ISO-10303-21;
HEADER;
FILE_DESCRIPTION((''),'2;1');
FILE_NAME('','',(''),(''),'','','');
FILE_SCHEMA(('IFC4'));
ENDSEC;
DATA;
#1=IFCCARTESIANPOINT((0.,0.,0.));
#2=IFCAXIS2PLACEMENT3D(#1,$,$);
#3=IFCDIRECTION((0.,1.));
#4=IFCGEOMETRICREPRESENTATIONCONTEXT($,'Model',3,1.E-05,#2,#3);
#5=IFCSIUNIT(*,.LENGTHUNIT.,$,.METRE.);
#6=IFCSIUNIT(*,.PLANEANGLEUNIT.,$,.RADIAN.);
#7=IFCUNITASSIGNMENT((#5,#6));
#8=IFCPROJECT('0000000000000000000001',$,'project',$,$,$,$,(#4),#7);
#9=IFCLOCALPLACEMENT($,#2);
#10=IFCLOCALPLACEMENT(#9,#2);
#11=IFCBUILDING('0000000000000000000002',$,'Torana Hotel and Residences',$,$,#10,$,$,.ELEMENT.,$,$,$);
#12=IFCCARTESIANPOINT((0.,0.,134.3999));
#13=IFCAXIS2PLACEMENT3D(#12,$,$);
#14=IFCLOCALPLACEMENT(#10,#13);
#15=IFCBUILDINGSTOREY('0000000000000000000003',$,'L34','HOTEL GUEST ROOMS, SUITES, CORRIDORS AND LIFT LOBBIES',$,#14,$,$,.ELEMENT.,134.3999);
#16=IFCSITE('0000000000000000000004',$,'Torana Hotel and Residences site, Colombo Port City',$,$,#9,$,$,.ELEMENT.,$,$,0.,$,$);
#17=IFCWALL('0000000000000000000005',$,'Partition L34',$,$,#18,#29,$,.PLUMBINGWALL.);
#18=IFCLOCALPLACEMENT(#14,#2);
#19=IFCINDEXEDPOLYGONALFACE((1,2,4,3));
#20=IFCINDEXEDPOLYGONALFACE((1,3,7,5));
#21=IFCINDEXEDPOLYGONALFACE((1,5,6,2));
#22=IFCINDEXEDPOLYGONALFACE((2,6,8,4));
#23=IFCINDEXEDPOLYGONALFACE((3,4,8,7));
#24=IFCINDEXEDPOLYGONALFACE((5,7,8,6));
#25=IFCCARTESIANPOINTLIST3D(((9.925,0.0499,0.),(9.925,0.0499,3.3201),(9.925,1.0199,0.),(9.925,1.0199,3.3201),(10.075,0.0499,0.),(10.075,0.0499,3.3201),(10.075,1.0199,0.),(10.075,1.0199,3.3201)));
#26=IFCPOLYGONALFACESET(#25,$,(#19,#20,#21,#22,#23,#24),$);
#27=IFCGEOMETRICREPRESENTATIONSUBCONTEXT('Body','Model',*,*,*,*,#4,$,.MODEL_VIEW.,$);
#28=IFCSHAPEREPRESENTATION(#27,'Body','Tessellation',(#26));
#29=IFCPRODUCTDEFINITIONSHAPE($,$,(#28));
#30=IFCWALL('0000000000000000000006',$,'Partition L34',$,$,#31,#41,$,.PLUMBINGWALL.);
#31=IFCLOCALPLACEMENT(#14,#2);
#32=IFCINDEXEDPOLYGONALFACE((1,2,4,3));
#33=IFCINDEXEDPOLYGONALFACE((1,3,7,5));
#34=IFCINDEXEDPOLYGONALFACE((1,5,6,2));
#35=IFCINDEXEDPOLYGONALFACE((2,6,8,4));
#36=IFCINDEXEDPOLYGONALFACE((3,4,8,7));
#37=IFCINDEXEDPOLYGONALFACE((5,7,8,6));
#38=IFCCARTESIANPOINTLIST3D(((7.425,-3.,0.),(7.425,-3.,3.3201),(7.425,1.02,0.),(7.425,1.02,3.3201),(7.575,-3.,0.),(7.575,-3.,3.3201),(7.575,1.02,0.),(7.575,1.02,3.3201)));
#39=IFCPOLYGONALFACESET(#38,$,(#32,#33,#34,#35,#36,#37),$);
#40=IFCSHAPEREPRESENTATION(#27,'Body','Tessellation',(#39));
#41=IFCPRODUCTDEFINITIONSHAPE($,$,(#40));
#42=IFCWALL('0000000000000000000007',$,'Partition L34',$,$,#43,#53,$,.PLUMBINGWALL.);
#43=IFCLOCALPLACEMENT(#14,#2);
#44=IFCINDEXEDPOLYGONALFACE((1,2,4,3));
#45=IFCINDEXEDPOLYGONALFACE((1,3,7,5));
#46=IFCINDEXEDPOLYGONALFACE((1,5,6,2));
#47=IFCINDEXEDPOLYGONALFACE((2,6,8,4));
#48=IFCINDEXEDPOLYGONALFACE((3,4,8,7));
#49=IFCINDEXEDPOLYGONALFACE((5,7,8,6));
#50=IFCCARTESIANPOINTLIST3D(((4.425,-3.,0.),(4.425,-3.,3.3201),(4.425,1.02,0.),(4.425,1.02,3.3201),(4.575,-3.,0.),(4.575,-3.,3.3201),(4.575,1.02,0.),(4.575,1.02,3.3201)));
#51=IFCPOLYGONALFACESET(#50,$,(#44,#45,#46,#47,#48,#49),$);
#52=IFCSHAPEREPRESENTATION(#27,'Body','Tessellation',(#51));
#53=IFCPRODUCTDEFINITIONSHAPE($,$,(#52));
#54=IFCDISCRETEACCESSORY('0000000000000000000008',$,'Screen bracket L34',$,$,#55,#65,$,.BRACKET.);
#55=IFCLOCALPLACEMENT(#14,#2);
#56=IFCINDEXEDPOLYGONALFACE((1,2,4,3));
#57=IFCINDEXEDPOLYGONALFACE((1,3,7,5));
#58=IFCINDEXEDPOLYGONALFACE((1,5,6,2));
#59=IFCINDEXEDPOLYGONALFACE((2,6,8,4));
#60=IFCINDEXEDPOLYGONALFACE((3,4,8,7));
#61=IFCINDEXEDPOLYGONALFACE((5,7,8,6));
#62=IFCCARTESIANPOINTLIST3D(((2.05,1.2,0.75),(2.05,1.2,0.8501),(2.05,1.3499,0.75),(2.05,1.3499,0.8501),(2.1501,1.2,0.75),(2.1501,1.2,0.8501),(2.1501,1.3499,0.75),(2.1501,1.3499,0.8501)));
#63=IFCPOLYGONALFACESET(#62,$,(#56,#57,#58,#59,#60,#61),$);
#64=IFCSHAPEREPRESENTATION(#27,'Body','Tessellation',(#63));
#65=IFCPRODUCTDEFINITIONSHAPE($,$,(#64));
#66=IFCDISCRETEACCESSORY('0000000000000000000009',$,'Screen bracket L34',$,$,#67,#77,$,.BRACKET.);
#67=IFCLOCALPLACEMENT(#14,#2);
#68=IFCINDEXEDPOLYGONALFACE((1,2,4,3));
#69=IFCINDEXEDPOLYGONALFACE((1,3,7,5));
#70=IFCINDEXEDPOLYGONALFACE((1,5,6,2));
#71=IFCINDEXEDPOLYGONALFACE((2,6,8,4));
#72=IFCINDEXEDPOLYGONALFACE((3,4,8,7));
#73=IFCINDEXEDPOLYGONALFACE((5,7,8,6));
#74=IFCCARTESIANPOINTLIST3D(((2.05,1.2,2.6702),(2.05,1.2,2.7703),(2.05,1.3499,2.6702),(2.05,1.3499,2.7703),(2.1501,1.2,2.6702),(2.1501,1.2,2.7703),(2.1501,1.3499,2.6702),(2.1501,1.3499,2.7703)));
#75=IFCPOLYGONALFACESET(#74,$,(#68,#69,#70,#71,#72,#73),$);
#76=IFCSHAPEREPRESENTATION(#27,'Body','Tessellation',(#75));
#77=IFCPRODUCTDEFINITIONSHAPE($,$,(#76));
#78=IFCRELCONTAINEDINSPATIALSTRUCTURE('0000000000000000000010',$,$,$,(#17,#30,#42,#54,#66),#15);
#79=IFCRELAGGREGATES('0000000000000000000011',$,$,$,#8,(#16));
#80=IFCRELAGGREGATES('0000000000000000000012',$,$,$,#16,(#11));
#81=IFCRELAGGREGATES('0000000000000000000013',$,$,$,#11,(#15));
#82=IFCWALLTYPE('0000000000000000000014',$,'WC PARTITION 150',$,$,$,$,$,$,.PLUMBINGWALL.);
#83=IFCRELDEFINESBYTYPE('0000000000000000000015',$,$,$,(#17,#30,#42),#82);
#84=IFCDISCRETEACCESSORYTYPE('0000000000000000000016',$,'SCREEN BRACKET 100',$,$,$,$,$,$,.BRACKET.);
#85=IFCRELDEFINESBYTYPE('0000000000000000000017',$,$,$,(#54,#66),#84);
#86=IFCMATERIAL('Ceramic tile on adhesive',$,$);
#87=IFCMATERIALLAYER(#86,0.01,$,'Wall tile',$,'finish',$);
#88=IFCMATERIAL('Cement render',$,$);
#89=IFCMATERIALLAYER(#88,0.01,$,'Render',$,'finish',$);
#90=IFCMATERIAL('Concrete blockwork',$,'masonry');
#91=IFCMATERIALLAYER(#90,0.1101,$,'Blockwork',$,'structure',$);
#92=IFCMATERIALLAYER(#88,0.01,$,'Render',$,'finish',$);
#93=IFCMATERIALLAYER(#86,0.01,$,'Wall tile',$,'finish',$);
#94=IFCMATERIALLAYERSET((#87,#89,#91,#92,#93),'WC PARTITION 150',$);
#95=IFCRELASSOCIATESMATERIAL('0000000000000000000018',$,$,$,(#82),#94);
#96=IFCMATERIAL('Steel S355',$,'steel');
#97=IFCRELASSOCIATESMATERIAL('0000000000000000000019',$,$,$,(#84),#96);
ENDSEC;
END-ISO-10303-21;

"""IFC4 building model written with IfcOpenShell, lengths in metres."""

from ifc_helpers import new_model, si_unit, direction, frame, frame_2d, origin, origin_2d, place, context, subcontext, project, spatial, rectangle, extrude, material, layer, layer_set, type_object, element, save


model = new_model("IFC4")

# Units and contexts
model_context = context("Model", 3, precision=1e-05, world=origin(), true_north=direction((0.0, 1.0)))
body_context = subcontext(model_context, "Body", "Model", "MODEL_VIEW")
ifc_project = project(units=[si_unit("LENGTHUNIT", "METRE"), si_unit("PLANEANGLEUNIT", "RADIAN")], contexts=[model_context])

# Site, building, storey
site_placement = place(None, origin())
site = spatial("IfcSite", under=ifc_project, at=site_placement, Name="Torana Hotel and Residences site, Colombo Port City", CompositionType="ELEMENT", RefElevation=0.0)
building_placement = place(site_placement, origin())
building = spatial("IfcBuilding", under=site, at=building_placement, Name="Torana Hotel and Residences", CompositionType="ELEMENT")
storey_placement = place(building_placement, frame((0.0, 0.0, 134.3999)))
storey = spatial("IfcBuildingStorey", under=building, at=storey_placement, Name="L34", Description="HOTEL GUEST ROOMS, SUITES, CORRIDORS AND LIFT LOBBIES", CompositionType="ELEMENT", Elevation=134.3999)

# Walls
ifc_material_1 = material(Name="Concrete blockwork", Category="masonry")
ifc_material_2 = material(Name="Ceramic tile on adhesive")
ifc_layer_1 = layer(ifc_material_2, 0.01, Name="Wall tile", Category="finish")
ifc_material_3 = material(Name="Cement render")
ifc_layer_2 = layer(ifc_material_3, 0.01, Name="Render", Category="finish")
ifc_layer_3 = layer(ifc_material_1, 0.1101, Name="Blockwork", Category="structure")
ifc_layer_4 = layer(ifc_material_3, 0.01, Name="Render", Category="finish")
ifc_layer_5 = layer(ifc_material_2, 0.01, Name="Wall tile", Category="finish")
ifc_layer_set_1 = layer_set([ifc_layer_1, ifc_layer_2, ifc_layer_3, ifc_layer_4, ifc_layer_5], Name="WC PARTITION 150")
wall_type_1 = type_object("IfcWallType", Name="WC PARTITION 150", PredefinedType="PLUMBINGWALL", material=ifc_layer_set_1)
wall_1_placement = place(storey_placement, frame((10.0, 0.05, 0.0), z_axis=(0.0, 0.0, 1.0), x_axis=(0.0, 1.0, 0.0)))
element("IfcWall", 1, at=wall_1_placement, inside=storey, type_object=wall_type_1, Name="Partition L34", PredefinedType="PLUMBINGWALL", context=body_context, shape_type="SweptSolid", body=[
    extrude(rectangle(XDim=0.97, YDim=0.1499, at=frame_2d((0.4849, 0.0))), origin(), (0.0, 0.0, 1.0), 3.3201),
])
for number, where, z_axis, x_axis, name in (
    (2, (7.5, -3.0, 0.0), (0.0, 0.0, 1.0), (0.0, 1.0, 0.0), "Partition L34"),
    (3, (4.5, -3.0, 0.0), (0.0, 0.0, 1.0), (0.0, 1.0, 0.0), "Partition L34"),
):
    element("IfcWall", number, at=place(storey_placement, frame(where, z_axis=z_axis, x_axis=x_axis)), inside=storey, type_object=wall_type_1, Name=name, PredefinedType="PLUMBINGWALL", context=body_context, shape_type="SweptSolid", body=[
        extrude(rectangle(XDim=4.02, YDim=0.1499, at=frame_2d((2.01, 0.0))), origin(), (0.0, 0.0, 1.0), 3.3201),
    ])

# Discrete accessories
ifc_material_4 = material(Name="Steel S355", Category="steel")
discrete_accessory_type = type_object("IfcDiscreteAccessoryType", Name="SCREEN BRACKET 100", PredefinedType="BRACKET", material=ifc_material_4)
for number, where, z_axis, x_axis, name in (
    (4, (2.1001, 1.2749, 0.75), (0.0, 0.0, 1.0), (-1.0, 0.0, 0.0), "Screen bracket L34"),
    (5, (2.1001, 1.2749, 2.6702), (0.0, 0.0, 1.0), (-1.0, 0.0, 0.0), "Screen bracket L34"),
):
    element("IfcDiscreteAccessory", number, at=place(storey_placement, frame(where, z_axis=z_axis, x_axis=x_axis)), inside=storey, type_object=discrete_accessory_type, Name=name, PredefinedType="BRACKET", context=body_context, shape_type="SweptSolid", body=[
        extrude(rectangle(XDim=0.1001, YDim=0.1499, at=origin_2d()), origin(), (0.0, 0.0, 1.0), 0.1001),
    ])

save(model, "model.ifc")
